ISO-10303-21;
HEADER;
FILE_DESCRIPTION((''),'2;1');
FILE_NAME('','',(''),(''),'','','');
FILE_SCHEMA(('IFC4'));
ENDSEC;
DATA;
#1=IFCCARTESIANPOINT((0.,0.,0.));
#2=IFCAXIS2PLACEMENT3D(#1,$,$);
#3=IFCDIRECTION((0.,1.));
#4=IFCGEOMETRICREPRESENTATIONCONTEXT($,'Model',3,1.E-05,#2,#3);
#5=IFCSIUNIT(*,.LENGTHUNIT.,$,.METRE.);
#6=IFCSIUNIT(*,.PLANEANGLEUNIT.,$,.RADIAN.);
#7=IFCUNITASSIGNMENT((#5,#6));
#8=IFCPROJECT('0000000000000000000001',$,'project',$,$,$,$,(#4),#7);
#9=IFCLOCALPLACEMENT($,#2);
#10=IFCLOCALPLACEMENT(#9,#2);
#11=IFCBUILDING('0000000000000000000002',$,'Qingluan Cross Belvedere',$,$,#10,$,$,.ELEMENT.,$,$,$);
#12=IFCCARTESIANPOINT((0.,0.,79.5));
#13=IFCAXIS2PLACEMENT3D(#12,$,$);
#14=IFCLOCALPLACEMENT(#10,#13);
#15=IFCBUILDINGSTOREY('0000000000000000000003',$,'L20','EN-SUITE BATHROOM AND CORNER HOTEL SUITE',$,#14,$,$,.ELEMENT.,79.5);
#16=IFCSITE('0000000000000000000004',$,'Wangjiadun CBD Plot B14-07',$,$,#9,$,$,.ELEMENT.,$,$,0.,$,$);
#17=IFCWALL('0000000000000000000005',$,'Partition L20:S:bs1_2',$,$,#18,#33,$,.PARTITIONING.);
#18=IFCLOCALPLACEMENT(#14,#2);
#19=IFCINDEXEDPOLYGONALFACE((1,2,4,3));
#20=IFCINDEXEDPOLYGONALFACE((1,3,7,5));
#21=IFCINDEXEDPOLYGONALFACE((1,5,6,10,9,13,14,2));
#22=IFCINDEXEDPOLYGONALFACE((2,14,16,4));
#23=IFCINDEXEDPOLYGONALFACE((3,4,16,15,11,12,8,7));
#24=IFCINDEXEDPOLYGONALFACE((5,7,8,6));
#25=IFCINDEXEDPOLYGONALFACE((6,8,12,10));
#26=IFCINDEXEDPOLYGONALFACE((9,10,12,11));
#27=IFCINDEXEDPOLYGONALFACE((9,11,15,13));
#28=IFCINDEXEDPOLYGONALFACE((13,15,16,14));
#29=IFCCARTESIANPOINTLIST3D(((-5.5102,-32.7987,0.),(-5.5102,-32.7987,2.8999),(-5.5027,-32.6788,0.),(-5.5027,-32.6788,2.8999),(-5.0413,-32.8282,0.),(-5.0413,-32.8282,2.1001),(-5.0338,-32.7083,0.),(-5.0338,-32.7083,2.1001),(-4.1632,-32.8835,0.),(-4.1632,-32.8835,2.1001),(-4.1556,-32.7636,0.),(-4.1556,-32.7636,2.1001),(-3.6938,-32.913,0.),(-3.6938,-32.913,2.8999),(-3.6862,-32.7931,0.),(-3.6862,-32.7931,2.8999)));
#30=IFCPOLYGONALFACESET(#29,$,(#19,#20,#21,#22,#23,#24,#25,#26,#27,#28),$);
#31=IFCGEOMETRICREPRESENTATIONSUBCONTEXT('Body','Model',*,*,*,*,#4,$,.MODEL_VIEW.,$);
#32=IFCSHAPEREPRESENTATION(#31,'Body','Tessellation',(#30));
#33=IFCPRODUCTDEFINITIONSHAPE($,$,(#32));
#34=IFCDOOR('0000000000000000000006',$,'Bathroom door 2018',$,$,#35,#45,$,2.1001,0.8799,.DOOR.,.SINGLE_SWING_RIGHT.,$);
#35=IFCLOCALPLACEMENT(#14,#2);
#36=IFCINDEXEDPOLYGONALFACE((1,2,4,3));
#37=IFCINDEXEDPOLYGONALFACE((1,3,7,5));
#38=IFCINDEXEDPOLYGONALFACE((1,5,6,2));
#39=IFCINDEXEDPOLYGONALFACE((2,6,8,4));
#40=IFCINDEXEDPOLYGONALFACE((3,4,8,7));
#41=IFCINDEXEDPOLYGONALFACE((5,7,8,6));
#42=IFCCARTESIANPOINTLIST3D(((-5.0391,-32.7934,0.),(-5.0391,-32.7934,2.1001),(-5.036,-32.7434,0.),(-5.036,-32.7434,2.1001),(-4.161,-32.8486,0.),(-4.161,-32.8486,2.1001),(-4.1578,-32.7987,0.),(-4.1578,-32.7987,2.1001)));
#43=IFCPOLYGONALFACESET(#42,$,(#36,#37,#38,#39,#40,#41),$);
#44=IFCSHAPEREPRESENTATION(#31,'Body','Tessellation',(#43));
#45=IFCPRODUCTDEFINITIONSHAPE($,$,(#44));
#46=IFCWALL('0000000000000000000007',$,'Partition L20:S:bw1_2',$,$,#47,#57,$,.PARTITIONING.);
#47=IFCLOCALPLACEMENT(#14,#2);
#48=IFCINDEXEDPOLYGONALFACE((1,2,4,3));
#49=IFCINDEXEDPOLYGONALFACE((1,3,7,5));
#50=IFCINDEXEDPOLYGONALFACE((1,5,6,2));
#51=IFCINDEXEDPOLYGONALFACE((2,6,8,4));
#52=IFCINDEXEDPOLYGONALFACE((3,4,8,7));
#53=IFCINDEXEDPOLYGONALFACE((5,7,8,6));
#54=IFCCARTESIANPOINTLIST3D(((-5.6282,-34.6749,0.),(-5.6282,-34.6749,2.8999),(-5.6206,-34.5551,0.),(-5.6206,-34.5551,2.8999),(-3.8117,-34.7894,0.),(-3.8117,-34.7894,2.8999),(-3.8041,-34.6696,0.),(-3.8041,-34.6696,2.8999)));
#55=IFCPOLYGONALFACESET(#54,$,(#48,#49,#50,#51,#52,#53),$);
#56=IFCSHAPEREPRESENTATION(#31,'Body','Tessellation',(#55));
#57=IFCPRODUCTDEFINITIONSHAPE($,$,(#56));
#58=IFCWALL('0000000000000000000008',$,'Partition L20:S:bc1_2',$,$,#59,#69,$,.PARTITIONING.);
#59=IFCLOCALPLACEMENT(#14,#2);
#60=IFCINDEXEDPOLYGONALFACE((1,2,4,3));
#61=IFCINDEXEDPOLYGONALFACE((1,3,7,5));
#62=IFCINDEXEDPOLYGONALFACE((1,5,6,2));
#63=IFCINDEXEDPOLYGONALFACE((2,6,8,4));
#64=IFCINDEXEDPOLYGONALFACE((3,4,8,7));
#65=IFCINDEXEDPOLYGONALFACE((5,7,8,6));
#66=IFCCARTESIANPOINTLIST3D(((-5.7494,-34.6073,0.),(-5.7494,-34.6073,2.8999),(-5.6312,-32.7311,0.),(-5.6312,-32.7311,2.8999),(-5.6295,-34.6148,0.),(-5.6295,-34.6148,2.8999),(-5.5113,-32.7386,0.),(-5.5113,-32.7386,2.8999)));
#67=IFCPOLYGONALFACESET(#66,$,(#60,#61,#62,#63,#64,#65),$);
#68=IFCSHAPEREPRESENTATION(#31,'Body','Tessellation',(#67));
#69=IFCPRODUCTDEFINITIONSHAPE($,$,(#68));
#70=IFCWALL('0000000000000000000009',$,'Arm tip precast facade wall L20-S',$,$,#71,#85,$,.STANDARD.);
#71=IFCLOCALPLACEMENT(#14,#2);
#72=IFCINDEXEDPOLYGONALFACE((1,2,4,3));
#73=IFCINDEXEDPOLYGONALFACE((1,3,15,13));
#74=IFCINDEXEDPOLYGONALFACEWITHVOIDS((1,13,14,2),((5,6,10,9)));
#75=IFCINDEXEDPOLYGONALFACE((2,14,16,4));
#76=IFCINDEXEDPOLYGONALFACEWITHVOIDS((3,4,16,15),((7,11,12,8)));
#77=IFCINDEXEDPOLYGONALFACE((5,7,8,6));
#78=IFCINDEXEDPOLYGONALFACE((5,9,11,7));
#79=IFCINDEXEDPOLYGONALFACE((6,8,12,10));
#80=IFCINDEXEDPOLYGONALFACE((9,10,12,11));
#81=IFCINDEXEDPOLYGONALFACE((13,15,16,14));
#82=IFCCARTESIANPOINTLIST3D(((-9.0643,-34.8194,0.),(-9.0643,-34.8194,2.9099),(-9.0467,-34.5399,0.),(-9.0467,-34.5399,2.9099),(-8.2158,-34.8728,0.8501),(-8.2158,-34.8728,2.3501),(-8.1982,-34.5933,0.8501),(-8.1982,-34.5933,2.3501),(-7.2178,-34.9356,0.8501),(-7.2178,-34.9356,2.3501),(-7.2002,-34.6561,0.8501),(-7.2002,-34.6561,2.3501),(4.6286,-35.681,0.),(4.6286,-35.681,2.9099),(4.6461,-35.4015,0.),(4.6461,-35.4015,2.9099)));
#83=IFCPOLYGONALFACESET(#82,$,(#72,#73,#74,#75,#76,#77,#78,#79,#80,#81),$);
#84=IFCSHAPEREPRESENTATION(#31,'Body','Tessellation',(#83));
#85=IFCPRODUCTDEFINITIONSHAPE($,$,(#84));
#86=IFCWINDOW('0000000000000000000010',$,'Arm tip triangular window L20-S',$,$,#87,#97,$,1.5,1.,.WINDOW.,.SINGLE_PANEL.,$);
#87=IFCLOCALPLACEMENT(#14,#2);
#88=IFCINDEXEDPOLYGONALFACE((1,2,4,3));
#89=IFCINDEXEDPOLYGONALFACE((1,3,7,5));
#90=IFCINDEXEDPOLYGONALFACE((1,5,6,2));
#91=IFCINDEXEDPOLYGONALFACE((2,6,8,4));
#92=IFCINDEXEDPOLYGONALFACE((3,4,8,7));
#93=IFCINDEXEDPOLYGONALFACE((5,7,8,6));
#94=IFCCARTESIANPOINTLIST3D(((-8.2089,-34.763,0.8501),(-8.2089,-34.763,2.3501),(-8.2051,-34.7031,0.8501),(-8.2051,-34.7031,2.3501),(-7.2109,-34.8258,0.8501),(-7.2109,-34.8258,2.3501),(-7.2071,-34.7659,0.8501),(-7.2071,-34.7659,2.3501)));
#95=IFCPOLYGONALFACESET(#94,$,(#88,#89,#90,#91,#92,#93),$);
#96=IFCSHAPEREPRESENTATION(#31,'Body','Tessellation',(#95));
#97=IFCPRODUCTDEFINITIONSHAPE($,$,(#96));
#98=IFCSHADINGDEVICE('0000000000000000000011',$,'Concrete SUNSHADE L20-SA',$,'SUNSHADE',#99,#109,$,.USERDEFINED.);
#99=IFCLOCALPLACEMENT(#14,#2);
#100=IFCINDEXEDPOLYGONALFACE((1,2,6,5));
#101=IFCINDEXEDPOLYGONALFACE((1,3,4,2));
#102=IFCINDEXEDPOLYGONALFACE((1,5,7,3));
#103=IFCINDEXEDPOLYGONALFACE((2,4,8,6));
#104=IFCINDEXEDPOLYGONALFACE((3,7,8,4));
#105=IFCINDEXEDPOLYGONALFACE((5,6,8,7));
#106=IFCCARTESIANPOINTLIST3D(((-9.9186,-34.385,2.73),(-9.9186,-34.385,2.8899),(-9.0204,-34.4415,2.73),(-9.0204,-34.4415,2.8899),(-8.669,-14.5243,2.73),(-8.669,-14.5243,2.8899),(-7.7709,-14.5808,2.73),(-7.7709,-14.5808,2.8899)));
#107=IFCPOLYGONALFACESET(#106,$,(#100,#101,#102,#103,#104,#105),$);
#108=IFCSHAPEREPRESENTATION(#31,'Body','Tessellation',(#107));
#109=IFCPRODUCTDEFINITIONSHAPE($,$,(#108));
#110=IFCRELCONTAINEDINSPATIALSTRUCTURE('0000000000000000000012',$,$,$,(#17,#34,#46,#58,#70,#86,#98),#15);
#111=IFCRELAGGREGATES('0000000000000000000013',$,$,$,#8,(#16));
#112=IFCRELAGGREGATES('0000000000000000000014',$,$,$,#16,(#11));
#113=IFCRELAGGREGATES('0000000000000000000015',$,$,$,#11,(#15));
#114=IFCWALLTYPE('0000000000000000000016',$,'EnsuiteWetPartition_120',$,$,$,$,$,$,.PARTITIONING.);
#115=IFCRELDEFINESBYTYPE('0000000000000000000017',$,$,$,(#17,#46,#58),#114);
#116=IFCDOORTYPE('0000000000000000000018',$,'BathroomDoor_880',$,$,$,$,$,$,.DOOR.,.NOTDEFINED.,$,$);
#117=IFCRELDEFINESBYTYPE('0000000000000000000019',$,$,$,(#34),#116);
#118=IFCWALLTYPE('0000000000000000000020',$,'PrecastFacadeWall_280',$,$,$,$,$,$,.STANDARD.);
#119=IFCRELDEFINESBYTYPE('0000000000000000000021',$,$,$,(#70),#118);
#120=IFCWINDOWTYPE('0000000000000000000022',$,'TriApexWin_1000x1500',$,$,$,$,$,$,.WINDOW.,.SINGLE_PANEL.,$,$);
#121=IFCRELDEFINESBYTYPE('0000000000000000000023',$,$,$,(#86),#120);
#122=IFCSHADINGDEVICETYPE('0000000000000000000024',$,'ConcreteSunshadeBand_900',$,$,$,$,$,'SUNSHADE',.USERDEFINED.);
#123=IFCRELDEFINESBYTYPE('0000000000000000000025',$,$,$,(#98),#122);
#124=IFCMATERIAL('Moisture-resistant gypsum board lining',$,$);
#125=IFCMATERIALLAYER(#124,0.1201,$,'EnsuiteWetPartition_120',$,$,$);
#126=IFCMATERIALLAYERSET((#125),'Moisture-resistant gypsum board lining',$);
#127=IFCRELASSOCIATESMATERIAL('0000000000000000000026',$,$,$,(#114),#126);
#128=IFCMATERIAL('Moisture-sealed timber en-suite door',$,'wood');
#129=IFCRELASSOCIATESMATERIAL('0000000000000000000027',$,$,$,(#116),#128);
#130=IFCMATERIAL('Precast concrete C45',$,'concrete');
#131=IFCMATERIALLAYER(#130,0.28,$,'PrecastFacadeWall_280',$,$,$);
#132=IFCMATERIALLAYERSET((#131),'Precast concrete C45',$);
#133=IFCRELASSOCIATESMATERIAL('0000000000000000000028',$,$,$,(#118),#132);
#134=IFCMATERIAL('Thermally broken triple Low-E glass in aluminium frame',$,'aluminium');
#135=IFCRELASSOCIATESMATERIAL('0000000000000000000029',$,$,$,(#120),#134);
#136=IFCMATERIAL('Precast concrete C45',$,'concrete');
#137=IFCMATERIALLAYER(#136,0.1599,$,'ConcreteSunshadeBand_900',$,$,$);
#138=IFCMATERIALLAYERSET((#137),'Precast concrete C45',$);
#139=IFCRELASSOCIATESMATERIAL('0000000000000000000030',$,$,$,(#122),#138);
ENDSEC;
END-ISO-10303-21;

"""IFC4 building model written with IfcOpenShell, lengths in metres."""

from ifc_helpers import new_model, si_unit, direction, frame, frame_2d, origin, origin_2d, place, context, subcontext, project, spatial, rectangle, extrude, material, layer, layer_set, type_object, element, fill, save


model = new_model("IFC4")

# Units and contexts
model_context = context("Model", 3, precision=1e-05, world=origin(), true_north=direction((0.0, 1.0)))
body_context = subcontext(model_context, "Body", "Model", "MODEL_VIEW")
ifc_project = project(units=[si_unit("LENGTHUNIT", "METRE"), si_unit("PLANEANGLEUNIT", "RADIAN")], contexts=[model_context])

# Site, building, storey
site_placement = place(None, origin())
site = spatial("IfcSite", under=ifc_project, at=site_placement, Name="Wangjiadun CBD Plot B14-07", CompositionType="ELEMENT", RefElevation=0.0)
building_placement = place(site_placement, origin())
building = spatial("IfcBuilding", under=site, at=building_placement, Name="Qingluan Cross Belvedere", CompositionType="ELEMENT")
storey_placement = place(building_placement, frame((0.0, 0.0, 79.5)))
storey = spatial("IfcBuildingStorey", under=building, at=storey_placement, Name="L20", Description="EN-SUITE BATHROOM AND CORNER HOTEL SUITE", CompositionType="ELEMENT", Elevation=79.5)

# Shared definitions
ifc_material_1 = material(Name="Moisture-resistant gypsum board lining")
ifc_layer_1 = layer(ifc_material_1, 0.1201, Name="EnsuiteWetPartition_120")
ifc_layer_set_1 = layer_set([ifc_layer_1], Name="Moisture-resistant gypsum board lining")
wall_type_1 = type_object("IfcWallType", Name="EnsuiteWetPartition_120", PredefinedType="PARTITIONING", material=ifc_layer_set_1)

# Shared definitions
ifc_material_2 = material(Name="Moisture-sealed timber en-suite door", Category="wood")
door_type = type_object("IfcDoorType", Name="BathroomDoor_880", OperationType="NOTDEFINED", PredefinedType="DOOR", material=ifc_material_2)

# Wall, opening, door
wall_1_placement = place(storey_placement, frame((-5.5066, -32.7388, 0.0), z_axis=(0.0, 0.0, 1.0), x_axis=(0.998027, -0.062779, 0.0)))
wall_1 = element("IfcWall", 1, at=wall_1_placement, inside=storey, type_object=wall_type_1, Name="Partition L20:S:bs1_2", PredefinedType="PARTITIONING", context=body_context, shape_type="SweptSolid", body=[
    extrude(rectangle(XDim=1.8201, YDim=0.1201, at=frame_2d((0.9102, 0.0))), origin(), (0.0, 0.0, 1.0), 2.8999),
])
opening_1_placement = place(wall_1_placement, frame((0.47, 0.0, 0.0)))
opening_1 = element("IfcOpeningElement", 2, at=opening_1_placement, cuts=wall_1, PredefinedType="OPENING", context=body_context, shape_type="SweptSolid", body=[
    extrude(rectangle(XDim=0.8799, YDim=2.1001, at=frame_2d((0.4399, 1.05))), frame((0.0, 0.0701, 0.0), z_axis=(0.0, -1.0, 0.0), x_axis=(1.0, 0.0, 0.0)), (0.0, 0.0, 1.0), 0.1401),
])
door_1_placement = place(opening_1_placement, origin())
door_1 = element("IfcDoor", 3, at=door_1_placement, inside=storey, type_object=door_type, Name="Bathroom door 2018", OperationType="SINGLE_SWING_RIGHT", OverallHeight=2.1001, OverallWidth=0.8799, PredefinedType="DOOR", context=body_context, shape_type="SweptSolid", body=[
    extrude(rectangle(XDim=0.8799, YDim=2.1001, at=frame_2d((0.4399, 1.05))), frame((0.0, 0.0249, 0.0), z_axis=(0.0, -1.0, 0.0), x_axis=(1.0, 0.0, 0.0)), (0.0, 0.0, 1.0), 0.05),
])
fill(opening_1, door_1)

# Walls
wall_2_placement = place(storey_placement, frame((-5.6245, -34.615, 0.0), z_axis=(0.0, 0.0, 1.0), x_axis=(0.998019, -0.062913, 0.0)))
element("IfcWall", 4, at=wall_2_placement, inside=storey, type_object=wall_type_1, Name="Partition L20:S:bw1_2", PredefinedType="PARTITIONING", context=body_context, shape_type="SweptSolid", body=[
    extrude(rectangle(XDim=1.8201, YDim=0.1201, at=frame_2d((0.9102, 0.0))), origin(), (0.0, 0.0, 1.0), 2.8999),
])
wall_3_placement = place(storey_placement, frame((-5.5713, -32.7349, 0.0), z_axis=(0.0, 0.0, 1.0), x_axis=(-0.062855, -0.998023, 0.0)))
element("IfcWall", 5, at=wall_3_placement, inside=storey, type_object=wall_type_1, Name="Partition L20:S:bc1_2", PredefinedType="PARTITIONING", context=body_context, shape_type="SweptSolid", body=[
    extrude(rectangle(XDim=1.8799, YDim=0.1201, at=frame_2d((0.9399, 0.0))), origin(), (0.0, 0.0, 1.0), 2.8999),
])

# Wall, opening, window
ifc_material_3 = material(Name="Precast concrete C45", Category="concrete")
ifc_layer_2 = layer(ifc_material_3, 0.28, Name="PrecastFacadeWall_280")
ifc_layer_set_2 = layer_set([ifc_layer_2], Name="Precast concrete C45")
wall_type_2 = type_object("IfcWallType", Name="PrecastFacadeWall_280", PredefinedType="STANDARD", material=ifc_layer_set_2)
wall_4_placement = place(storey_placement, frame((-9.0554, -34.6797, 0.0), z_axis=(0.0, 0.0, 1.0), x_axis=(0.998026, -0.062797, 0.0)))
wall_4 = element("IfcWall", 6, at=wall_4_placement, inside=storey, type_object=wall_type_2, Name="Arm tip precast facade wall L20-S", PredefinedType="STANDARD", context=body_context, shape_type="SweptSolid", body=[
    extrude(rectangle(XDim=13.72, YDim=0.28, at=frame_2d((6.8599, 0.0))), origin(), (0.0, 0.0, 1.0), 2.9099),
])
opening_2_placement = place(wall_4_placement, frame((0.8501, 0.0, 0.8501)))
opening_2 = element("IfcOpeningElement", 7, at=opening_2_placement, cuts=wall_4, PredefinedType="OPENING", context=body_context, shape_type="SweptSolid", body=[
    extrude(rectangle(XDim=1.0, YDim=1.5, at=frame_2d((0.5, 0.75))), frame((0.0, 0.1499, 0.0), z_axis=(0.0, -1.0, 0.0), x_axis=(1.0, 0.0, 0.0)), (0.0, 0.0, 1.0), 0.3),
])
ifc_material_4 = material(Name="Thermally broken triple Low-E glass in aluminium frame", Category="aluminium")
window_type = type_object("IfcWindowType", Name="TriApexWin_1000x1500", PartitioningType="SINGLE_PANEL", PredefinedType="WINDOW", material=ifc_material_4)
window_placement = place(opening_2_placement, origin())
window = element("IfcWindow", 8, at=window_placement, inside=storey, type_object=window_type, Name="Arm tip triangular window L20-S", OverallHeight=1.5, OverallWidth=1.0, PartitioningType="SINGLE_PANEL", PredefinedType="WINDOW", context=body_context, shape_type="SweptSolid", body=[
    extrude(rectangle(XDim=1.0, YDim=1.5, at=frame_2d((0.5, 0.75))), frame((0.0, 0.03, 0.0), z_axis=(0.0, -1.0, 0.0), x_axis=(1.0, 0.0, 0.0)), (0.0, 0.0, 1.0), 0.0601),
])
fill(opening_2, window)

# Shading device
ifc_material_5 = material(Name="Precast concrete C45", Category="concrete")
ifc_layer_3 = layer(ifc_material_5, 0.1599, Name="ConcreteSunshadeBand_900")
ifc_layer_set_3 = layer_set([ifc_layer_3], Name="Precast concrete C45")
shading_device_type = type_object("IfcShadingDeviceType", Name="ConcreteSunshadeBand_900", ElementType="SUNSHADE", PredefinedType="USERDEFINED", material=ifc_layer_set_3)
shading_device_placement = place(storey_placement, frame((-8.8447, -24.4829, 2.73), z_axis=(0.0, 0.0, 1.0), x_axis=(-0.062791, -0.998027, 0.0)))
element("IfcShadingDevice", 9, at=shading_device_placement, inside=storey, type_object=shading_device_type, Name="Concrete SUNSHADE L20-SA", ObjectType="SUNSHADE", PredefinedType="USERDEFINED", context=body_context, shape_type="SweptSolid", body=[
    extrude(rectangle(XDim=19.8999, YDim=0.8999, at=origin_2d()), origin(), (0.0, 0.0, 1.0), 0.1599),
])

save(model, "model.ifc")
